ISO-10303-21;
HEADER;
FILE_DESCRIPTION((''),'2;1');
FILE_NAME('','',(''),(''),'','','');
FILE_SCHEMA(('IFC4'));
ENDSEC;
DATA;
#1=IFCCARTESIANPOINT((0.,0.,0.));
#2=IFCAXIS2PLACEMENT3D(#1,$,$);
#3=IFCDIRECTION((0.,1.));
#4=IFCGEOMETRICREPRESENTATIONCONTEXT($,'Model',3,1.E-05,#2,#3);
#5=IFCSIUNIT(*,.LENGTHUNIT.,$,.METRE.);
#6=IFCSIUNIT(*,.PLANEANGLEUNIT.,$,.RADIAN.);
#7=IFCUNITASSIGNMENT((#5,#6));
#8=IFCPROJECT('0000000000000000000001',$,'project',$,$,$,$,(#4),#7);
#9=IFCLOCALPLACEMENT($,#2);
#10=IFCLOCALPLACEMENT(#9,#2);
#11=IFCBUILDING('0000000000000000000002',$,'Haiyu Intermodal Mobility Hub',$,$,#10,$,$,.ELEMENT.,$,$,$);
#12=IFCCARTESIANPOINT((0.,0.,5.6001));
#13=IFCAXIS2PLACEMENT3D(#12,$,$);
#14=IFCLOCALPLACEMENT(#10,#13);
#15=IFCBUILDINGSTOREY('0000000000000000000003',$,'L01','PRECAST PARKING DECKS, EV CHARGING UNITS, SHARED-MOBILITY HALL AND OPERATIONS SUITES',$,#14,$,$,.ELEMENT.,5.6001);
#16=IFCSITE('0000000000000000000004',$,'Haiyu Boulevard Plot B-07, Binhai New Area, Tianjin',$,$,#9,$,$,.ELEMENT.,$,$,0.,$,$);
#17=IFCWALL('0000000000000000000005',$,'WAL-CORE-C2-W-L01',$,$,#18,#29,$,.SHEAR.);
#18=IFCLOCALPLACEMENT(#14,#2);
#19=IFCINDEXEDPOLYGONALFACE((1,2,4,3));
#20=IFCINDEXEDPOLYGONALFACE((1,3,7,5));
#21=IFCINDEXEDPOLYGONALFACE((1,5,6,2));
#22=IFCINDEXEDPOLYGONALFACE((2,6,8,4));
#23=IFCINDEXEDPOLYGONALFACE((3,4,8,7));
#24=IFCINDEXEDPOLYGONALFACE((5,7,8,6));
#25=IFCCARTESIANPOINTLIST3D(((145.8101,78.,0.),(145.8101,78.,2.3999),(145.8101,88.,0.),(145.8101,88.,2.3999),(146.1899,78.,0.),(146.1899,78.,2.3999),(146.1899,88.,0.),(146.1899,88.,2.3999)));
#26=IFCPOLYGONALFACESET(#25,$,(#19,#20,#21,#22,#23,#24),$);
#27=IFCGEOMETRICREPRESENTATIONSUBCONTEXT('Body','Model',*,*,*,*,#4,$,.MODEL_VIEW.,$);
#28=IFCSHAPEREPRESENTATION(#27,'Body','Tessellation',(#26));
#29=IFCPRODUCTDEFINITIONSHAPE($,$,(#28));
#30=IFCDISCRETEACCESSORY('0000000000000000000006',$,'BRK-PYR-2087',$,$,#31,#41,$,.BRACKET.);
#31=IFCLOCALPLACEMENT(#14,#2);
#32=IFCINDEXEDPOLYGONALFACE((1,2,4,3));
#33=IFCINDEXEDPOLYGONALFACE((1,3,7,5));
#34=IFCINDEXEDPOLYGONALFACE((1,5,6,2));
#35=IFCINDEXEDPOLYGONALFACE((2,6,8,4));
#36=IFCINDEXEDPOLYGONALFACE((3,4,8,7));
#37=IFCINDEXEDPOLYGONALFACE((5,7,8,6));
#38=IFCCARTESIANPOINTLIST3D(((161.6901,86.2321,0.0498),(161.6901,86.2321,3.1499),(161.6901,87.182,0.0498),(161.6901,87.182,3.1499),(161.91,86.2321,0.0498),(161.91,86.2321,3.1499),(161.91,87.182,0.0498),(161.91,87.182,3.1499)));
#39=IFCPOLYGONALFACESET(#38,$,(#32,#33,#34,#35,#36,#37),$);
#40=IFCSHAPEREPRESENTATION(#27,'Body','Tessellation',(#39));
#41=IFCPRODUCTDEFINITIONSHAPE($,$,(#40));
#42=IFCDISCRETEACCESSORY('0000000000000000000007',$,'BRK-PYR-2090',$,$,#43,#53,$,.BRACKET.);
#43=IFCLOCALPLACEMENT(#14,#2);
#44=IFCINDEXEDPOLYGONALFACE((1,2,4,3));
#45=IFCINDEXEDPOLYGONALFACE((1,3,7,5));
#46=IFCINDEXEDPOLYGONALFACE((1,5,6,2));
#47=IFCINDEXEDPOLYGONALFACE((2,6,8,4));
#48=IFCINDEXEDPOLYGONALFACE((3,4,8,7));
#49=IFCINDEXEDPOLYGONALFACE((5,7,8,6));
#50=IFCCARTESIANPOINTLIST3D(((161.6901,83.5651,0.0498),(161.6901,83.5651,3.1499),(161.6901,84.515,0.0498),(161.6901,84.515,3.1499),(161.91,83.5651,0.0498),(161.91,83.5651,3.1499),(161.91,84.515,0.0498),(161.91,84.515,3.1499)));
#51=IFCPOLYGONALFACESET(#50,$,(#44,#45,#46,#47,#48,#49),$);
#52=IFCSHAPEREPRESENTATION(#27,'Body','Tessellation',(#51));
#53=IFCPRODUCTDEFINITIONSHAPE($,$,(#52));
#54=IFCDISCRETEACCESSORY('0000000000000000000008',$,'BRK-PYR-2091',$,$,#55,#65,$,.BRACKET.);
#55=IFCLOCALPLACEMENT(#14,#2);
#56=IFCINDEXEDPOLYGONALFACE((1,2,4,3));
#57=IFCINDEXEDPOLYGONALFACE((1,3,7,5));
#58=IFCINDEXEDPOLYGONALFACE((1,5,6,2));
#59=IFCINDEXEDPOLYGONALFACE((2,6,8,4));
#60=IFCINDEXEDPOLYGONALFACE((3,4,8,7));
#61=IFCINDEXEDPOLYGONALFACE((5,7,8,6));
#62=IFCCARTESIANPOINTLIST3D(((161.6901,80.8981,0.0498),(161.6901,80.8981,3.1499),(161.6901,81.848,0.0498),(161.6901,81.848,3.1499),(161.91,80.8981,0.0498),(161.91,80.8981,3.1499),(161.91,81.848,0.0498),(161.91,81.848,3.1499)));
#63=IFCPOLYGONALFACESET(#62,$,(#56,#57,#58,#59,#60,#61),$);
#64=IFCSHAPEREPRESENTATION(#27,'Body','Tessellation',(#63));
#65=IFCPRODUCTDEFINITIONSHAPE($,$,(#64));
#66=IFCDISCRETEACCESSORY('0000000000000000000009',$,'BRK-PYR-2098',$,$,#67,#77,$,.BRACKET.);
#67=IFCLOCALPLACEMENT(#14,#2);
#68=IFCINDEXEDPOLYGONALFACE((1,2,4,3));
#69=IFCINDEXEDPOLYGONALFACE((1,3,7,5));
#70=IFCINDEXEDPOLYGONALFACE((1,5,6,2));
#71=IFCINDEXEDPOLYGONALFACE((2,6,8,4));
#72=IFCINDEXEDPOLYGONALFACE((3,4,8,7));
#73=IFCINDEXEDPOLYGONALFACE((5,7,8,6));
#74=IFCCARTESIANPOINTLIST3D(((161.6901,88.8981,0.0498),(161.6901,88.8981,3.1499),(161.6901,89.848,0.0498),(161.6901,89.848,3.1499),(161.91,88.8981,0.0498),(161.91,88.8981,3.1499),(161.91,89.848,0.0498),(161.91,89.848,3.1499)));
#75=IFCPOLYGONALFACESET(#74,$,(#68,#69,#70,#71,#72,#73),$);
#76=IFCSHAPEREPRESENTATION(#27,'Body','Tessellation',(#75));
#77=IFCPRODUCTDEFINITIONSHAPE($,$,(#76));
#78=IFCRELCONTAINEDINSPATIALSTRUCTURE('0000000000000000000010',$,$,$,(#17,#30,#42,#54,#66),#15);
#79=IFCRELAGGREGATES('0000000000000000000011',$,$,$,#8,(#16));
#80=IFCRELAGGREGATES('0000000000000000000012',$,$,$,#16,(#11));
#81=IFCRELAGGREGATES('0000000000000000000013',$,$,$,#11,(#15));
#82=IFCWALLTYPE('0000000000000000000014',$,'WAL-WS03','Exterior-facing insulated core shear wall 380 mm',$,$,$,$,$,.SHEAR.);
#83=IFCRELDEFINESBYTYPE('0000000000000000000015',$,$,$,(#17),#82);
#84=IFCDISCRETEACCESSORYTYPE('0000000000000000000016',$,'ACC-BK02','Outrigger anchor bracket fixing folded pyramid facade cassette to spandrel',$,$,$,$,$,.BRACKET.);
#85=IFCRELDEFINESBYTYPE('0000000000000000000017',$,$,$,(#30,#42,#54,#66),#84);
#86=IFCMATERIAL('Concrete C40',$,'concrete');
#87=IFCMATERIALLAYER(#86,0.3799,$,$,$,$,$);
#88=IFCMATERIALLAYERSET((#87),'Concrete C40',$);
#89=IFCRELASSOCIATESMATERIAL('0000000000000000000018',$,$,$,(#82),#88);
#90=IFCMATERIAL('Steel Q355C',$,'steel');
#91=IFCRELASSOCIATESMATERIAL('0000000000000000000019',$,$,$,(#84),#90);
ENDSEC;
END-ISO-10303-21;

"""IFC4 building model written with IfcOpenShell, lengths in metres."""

from ifc_helpers import new_model, si_unit, direction, frame, frame_2d, origin, origin_2d, place, context, subcontext, project, spatial, rectangle, extrude, material, layer, layer_set, type_object, element, save


model = new_model("IFC4")

# Units and contexts
model_context = context("Model", 3, precision=1e-05, world=origin(), true_north=direction((0.0, 1.0)))
body_context = subcontext(model_context, "Body", "Model", "MODEL_VIEW")
ifc_project = project(units=[si_unit("LENGTHUNIT", "METRE"), si_unit("PLANEANGLEUNIT", "RADIAN")], contexts=[model_context])

# Site, building, storey
site_placement = place(None, origin())
site = spatial("IfcSite", under=ifc_project, at=site_placement, Name="Haiyu Boulevard Plot B-07, Binhai New Area, Tianjin", CompositionType="ELEMENT", RefElevation=0.0)
building_placement = place(site_placement, origin())
building = spatial("IfcBuilding", under=site, at=building_placement, Name="Haiyu Intermodal Mobility Hub", CompositionType="ELEMENT")
storey_placement = place(building_placement, frame((0.0, 0.0, 5.6001)))
storey = spatial("IfcBuildingStorey", under=building, at=storey_placement, Name="L01", Description="PRECAST PARKING DECKS, EV CHARGING UNITS, SHARED-MOBILITY HALL AND OPERATIONS SUITES", CompositionType="ELEMENT", Elevation=5.6001)

# Shared definitions
ifc_material_1 = material(Name="Concrete C40", Category="concrete")

# Shared definitions
ifc_material_2 = material(Name="Steel Q355C", Category="steel")

# Wall
ifc_layer_1 = layer(ifc_material_1, 0.3799)
ifc_layer_set_1 = layer_set([ifc_layer_1], Name="Concrete C40")
wall_type_1 = type_object("IfcWallType", Name="WAL-WS03", Description="Exterior-facing insulated core shear wall 380 mm", PredefinedType="SHEAR", material=ifc_layer_set_1)
wall_1_placement = place(storey_placement, frame((146.0, 88.0, 0.0), z_axis=(0.0, 0.0, 1.0), x_axis=(0.0, -1.0, 0.0)))
element("IfcWall", 1, at=wall_1_placement, inside=storey, type_object=wall_type_1, Name="WAL-CORE-C2-W-L01", PredefinedType="SHEAR", context=body_context, shape_type="SweptSolid", body=[
    extrude(rectangle(XDim=10.0, YDim=0.3799, at=frame_2d((5.0, 0.0))), origin(), (0.0, 0.0, 1.0), 2.3999),
])

# Discrete accessories
discrete_accessory_type = type_object("IfcDiscreteAccessoryType", Name="ACC-BK02", Description="Outrigger anchor bracket fixing folded pyramid facade cassette to spandrel", PredefinedType="BRACKET", material=ifc_material_2)
for number, where, z_axis, x_axis, name in (
    (2, (161.8, 86.707, 0.0498), (0.0, 0.0, 1.0), (1.0, 0.0, 0.0), "BRK-PYR-2087"),
    (3, (161.8, 84.04, 0.0498), (0.0, 0.0, 1.0), (1.0, 0.0, 0.0), "BRK-PYR-2090"),
    (4, (161.8, 81.373, 0.0498), (0.0, 0.0, 1.0), (1.0, 0.0, 0.0), "BRK-PYR-2091"),
    (5, (161.8, 89.373, 0.0498), (0.0, 0.0, 1.0), (1.0, 0.0, 0.0), "BRK-PYR-2098"),
):
    element("IfcDiscreteAccessory", number, at=place(storey_placement, frame(where, z_axis=z_axis, x_axis=x_axis)), inside=storey, type_object=discrete_accessory_type, Name=name, PredefinedType="BRACKET", context=body_context, shape_type="SweptSolid", body=[
        extrude(rectangle(XDim=0.22, YDim=0.95, at=origin_2d()), origin(), (0.0, 0.0, 1.0), 3.1001),
    ])

save(model, "model.ifc")
